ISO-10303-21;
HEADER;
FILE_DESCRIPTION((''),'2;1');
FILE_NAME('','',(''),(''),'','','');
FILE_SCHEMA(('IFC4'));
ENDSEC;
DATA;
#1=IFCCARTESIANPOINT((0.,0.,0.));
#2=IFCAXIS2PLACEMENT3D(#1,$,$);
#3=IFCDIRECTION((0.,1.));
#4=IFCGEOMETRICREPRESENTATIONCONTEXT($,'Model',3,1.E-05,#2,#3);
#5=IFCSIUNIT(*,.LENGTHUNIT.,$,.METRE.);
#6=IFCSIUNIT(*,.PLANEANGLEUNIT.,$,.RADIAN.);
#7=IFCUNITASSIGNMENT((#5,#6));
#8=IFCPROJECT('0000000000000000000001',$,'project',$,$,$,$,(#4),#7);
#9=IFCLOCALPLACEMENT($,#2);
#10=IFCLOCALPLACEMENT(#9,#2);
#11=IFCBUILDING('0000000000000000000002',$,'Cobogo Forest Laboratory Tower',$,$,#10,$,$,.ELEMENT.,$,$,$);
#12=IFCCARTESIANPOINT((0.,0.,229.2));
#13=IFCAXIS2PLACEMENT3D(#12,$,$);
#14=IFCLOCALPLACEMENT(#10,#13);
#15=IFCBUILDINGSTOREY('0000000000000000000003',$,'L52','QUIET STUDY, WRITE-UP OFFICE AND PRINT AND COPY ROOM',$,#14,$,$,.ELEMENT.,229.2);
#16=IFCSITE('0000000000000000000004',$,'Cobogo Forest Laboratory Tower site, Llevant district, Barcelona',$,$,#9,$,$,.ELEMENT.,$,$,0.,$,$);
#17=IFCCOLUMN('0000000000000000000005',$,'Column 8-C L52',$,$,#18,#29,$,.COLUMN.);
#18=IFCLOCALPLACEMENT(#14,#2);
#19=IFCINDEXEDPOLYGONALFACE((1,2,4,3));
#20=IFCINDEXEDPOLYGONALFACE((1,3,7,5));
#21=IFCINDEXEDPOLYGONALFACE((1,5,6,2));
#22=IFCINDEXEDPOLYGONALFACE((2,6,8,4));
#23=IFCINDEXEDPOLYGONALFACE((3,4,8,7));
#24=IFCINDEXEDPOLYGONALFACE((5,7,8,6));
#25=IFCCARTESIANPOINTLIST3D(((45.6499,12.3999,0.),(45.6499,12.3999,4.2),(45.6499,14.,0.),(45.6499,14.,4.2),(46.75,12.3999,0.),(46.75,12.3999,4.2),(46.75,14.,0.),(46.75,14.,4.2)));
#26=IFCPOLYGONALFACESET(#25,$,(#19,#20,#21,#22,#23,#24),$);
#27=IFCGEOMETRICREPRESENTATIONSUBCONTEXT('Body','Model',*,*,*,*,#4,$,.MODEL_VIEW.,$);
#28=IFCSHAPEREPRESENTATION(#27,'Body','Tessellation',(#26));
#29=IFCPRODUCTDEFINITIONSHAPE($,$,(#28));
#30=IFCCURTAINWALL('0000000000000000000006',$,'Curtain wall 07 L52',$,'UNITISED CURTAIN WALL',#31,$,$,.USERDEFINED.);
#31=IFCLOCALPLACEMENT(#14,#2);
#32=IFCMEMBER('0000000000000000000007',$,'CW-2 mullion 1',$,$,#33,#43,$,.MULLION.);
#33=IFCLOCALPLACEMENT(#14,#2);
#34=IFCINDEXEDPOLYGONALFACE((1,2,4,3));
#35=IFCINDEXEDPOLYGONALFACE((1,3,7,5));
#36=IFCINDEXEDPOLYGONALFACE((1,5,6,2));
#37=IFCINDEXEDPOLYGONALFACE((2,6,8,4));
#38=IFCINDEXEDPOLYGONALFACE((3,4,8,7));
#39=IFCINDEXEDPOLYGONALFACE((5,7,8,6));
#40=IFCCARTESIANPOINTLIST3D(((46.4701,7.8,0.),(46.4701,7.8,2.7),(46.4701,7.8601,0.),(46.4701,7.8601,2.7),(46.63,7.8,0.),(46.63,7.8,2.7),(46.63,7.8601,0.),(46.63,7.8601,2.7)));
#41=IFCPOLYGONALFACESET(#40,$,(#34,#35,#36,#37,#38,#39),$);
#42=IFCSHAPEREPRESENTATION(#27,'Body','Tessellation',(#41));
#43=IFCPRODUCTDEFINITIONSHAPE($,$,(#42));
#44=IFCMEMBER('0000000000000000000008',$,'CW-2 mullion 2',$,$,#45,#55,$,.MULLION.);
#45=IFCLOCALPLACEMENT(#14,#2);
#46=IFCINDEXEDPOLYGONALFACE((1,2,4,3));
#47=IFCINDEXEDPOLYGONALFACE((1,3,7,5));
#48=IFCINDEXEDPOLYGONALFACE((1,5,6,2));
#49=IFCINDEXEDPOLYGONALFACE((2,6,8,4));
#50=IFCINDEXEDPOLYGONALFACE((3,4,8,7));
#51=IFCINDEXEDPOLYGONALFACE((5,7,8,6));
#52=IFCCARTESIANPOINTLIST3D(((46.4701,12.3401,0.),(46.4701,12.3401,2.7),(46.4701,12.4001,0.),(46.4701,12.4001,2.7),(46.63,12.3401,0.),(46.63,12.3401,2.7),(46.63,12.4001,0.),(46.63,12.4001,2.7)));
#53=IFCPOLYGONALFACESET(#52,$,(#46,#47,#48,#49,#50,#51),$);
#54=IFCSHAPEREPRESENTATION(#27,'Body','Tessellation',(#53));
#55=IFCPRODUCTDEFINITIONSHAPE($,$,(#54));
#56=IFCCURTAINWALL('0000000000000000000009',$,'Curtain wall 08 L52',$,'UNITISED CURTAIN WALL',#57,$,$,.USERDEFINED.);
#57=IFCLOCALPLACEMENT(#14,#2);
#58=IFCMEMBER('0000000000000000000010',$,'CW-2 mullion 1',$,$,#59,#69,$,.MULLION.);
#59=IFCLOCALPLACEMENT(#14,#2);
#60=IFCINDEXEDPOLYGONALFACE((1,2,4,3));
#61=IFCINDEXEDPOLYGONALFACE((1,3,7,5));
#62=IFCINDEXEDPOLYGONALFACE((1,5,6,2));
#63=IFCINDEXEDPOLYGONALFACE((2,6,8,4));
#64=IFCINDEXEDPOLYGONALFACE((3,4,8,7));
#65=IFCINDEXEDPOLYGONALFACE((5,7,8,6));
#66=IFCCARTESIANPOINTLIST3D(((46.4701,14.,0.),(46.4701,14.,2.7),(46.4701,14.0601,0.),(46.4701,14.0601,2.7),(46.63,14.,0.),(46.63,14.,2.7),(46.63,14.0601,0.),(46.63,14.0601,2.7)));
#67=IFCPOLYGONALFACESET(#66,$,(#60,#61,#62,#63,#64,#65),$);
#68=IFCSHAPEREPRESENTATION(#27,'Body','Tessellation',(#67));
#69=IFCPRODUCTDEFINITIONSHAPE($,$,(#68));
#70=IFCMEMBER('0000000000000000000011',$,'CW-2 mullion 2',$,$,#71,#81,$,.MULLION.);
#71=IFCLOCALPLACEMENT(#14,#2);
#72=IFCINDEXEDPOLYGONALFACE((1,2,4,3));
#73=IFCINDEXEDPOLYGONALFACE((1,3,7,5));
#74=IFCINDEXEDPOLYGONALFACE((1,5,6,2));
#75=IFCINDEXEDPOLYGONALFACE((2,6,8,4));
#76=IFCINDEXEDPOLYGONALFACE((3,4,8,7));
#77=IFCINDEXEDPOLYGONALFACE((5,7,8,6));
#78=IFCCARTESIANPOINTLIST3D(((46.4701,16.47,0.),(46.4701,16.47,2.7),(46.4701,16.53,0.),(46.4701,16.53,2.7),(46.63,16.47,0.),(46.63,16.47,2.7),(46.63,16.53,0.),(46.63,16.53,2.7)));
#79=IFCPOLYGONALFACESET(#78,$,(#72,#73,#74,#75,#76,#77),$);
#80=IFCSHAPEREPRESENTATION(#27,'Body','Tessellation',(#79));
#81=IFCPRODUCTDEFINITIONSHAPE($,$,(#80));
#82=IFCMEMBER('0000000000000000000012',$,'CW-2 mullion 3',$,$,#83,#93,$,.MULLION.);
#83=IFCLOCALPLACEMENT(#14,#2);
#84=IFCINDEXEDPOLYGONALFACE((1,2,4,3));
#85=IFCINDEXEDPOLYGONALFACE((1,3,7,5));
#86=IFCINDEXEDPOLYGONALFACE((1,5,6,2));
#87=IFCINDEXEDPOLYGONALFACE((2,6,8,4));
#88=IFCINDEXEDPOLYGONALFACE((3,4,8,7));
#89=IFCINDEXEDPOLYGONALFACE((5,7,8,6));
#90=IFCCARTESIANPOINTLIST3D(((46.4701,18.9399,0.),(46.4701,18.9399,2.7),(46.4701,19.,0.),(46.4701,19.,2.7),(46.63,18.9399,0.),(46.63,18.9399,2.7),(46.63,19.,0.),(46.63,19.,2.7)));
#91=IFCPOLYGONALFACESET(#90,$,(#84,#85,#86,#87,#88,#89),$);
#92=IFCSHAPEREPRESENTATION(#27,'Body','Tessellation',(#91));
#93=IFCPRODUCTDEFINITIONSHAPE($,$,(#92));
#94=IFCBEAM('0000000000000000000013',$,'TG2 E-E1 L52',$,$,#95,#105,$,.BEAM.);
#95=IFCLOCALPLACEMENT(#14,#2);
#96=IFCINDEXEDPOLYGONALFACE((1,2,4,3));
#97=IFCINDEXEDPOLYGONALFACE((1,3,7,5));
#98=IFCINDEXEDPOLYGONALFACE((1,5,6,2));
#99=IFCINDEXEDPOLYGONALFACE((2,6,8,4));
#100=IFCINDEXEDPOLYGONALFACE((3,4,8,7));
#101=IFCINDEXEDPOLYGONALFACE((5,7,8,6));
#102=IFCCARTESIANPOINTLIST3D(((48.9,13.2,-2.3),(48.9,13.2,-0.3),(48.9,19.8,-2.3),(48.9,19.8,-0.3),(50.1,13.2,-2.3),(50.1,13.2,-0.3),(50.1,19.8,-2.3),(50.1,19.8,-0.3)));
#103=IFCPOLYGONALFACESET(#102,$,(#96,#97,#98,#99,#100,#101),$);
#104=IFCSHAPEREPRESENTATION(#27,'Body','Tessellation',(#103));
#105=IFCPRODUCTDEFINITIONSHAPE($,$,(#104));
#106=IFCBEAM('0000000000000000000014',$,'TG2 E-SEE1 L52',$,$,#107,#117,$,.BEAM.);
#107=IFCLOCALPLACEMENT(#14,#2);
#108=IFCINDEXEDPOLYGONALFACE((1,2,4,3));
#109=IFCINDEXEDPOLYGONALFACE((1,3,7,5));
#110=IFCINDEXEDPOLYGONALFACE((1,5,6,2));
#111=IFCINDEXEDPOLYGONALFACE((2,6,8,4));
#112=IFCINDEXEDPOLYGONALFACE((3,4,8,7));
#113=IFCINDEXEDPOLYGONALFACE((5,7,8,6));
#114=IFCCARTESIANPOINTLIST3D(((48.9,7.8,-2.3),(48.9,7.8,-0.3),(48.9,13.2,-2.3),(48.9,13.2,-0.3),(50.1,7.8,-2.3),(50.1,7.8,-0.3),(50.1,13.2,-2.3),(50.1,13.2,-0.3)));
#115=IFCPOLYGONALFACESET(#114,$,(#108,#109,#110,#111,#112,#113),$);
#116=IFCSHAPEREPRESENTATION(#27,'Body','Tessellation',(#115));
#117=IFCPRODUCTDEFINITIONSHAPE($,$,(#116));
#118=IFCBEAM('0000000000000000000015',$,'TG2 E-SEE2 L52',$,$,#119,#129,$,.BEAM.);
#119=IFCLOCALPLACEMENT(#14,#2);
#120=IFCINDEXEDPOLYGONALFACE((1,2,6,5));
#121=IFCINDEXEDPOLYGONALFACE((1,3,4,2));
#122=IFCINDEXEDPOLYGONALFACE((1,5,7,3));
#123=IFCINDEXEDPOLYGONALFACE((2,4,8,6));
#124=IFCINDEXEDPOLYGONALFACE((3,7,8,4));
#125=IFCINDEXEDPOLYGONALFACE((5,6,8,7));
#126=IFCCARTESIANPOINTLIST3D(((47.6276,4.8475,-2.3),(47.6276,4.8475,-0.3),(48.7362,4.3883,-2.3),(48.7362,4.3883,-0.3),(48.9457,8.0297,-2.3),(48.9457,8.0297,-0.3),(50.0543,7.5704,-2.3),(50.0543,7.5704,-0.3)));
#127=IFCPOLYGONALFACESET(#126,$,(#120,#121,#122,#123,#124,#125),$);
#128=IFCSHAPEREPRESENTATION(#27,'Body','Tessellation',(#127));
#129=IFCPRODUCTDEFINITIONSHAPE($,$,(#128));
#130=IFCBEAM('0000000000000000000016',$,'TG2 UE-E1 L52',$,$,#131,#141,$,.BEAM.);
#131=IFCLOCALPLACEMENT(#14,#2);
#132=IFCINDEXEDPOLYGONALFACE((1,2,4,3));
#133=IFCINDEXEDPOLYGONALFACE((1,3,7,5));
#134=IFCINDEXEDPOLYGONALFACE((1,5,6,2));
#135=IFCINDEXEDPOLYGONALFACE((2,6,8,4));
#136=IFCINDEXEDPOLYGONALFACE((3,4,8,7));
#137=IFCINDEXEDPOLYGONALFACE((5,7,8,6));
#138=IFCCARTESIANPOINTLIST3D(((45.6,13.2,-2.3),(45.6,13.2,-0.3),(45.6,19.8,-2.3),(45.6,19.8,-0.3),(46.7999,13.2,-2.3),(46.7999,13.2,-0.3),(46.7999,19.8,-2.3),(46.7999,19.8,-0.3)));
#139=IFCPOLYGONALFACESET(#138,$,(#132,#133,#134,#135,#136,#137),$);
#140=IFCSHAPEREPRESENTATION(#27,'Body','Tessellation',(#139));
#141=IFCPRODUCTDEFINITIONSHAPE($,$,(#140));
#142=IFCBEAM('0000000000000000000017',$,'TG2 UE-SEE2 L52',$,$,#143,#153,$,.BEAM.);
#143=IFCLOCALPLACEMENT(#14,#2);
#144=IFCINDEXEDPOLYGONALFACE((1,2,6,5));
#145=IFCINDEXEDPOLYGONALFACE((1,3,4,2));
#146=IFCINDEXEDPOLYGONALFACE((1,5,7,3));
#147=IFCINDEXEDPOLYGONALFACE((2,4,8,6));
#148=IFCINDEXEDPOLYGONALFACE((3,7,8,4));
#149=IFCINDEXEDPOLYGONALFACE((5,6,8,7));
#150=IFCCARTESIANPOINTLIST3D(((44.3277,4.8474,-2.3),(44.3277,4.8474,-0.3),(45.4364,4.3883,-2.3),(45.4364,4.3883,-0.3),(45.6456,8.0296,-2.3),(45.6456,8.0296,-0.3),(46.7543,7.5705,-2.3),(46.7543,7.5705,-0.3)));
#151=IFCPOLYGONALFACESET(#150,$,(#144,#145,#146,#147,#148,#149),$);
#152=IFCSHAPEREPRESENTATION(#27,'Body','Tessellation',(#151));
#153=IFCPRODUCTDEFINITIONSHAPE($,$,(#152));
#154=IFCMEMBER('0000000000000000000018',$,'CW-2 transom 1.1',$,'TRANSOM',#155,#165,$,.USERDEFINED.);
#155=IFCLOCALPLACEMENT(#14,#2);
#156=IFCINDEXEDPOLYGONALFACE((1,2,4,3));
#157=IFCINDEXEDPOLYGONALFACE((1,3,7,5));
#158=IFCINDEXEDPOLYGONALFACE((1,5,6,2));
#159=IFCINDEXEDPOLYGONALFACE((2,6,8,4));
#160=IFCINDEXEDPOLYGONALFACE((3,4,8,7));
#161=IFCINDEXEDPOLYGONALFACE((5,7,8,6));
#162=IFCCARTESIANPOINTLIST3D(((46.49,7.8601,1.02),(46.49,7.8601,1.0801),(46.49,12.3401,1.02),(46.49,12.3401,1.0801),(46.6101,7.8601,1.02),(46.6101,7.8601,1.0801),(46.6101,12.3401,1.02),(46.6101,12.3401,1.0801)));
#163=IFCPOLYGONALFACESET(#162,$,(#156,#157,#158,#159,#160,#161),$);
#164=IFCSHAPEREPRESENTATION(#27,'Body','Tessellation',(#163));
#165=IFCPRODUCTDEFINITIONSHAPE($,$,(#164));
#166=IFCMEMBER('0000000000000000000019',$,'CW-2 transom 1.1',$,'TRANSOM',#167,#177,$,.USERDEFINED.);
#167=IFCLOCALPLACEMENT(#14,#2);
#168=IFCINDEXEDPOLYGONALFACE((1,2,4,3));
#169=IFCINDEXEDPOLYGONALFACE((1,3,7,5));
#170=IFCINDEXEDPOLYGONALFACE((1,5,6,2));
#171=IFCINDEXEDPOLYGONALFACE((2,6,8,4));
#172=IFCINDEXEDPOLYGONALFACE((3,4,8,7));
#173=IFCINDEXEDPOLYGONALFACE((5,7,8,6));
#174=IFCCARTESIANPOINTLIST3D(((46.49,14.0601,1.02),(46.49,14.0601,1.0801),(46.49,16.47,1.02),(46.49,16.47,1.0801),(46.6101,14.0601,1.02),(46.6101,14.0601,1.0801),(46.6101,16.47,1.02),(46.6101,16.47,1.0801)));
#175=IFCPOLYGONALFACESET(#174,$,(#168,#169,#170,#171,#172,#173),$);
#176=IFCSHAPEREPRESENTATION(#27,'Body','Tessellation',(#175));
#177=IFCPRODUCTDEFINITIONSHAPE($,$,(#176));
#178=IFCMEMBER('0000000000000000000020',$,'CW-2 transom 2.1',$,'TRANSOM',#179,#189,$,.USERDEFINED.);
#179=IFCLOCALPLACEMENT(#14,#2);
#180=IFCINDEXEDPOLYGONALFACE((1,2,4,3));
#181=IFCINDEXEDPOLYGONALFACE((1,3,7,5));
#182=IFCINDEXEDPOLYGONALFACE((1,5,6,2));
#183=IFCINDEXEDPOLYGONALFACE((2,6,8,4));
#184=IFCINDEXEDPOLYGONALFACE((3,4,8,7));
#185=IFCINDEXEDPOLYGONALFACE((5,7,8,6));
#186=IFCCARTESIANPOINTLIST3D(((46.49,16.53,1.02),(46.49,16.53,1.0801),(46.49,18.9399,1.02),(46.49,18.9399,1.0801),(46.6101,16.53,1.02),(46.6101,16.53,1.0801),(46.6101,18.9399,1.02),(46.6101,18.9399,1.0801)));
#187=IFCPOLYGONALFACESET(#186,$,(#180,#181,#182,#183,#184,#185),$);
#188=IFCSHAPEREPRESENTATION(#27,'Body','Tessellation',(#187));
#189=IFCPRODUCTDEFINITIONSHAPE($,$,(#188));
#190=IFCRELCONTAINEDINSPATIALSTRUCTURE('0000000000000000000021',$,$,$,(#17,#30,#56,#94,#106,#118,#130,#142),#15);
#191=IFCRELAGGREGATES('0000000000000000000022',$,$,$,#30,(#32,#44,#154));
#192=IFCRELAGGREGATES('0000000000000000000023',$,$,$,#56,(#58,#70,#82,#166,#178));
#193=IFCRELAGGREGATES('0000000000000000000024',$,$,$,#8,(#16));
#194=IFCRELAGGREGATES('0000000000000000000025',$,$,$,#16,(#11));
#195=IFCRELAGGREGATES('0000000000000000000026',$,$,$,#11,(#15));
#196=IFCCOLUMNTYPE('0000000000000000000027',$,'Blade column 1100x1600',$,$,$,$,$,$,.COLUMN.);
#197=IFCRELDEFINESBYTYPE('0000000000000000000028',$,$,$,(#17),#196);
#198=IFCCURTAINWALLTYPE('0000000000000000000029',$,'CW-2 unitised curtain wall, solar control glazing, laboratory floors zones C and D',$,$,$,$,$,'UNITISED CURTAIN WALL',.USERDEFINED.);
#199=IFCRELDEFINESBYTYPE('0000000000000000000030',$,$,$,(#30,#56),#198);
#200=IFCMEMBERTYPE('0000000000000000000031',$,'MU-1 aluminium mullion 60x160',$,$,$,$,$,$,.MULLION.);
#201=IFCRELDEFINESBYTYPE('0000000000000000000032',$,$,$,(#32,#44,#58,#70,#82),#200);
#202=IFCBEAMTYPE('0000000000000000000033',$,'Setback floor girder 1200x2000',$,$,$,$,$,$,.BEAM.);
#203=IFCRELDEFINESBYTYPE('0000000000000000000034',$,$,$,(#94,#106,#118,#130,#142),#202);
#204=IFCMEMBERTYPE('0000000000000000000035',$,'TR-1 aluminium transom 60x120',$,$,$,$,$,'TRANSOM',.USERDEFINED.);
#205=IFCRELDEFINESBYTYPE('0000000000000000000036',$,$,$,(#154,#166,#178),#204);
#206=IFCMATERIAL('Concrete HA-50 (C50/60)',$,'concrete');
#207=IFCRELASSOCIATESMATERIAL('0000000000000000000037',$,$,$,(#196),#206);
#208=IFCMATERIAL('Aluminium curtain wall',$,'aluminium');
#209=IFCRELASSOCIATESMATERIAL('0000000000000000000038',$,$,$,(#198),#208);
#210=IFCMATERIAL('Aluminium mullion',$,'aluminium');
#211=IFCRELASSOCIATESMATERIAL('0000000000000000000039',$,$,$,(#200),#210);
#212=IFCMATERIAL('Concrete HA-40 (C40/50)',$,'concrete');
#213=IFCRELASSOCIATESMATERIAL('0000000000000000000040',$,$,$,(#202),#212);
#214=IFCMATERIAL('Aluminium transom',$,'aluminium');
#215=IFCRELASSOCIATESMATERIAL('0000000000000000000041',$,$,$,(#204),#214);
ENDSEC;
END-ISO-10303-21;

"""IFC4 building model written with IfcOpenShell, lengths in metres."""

from ifc_helpers import new_model, si_unit, direction, frame, origin, origin_2d, place, context, subcontext, project, spatial, rectangle, extrude, material, material_profile, profile_set, type_object, element, aggregate, save


model = new_model("IFC4")

# Units and contexts
model_context = context("Model", 3, precision=1e-05, world=origin(), true_north=direction((0.0, 1.0)))
body_context = subcontext(model_context, "Body", "Model", "MODEL_VIEW")
ifc_project = project(units=[si_unit("LENGTHUNIT", "METRE"), si_unit("PLANEANGLEUNIT", "RADIAN")], contexts=[model_context])

# Site, building, storey
site_placement = place(None, origin())
site = spatial("IfcSite", under=ifc_project, at=site_placement, Name="Cobogo Forest Laboratory Tower site, Llevant district, Barcelona", CompositionType="ELEMENT", RefElevation=0.0)
building_placement = place(site_placement, origin())
building = spatial("IfcBuilding", under=site, at=building_placement, Name="Cobogo Forest Laboratory Tower", CompositionType="ELEMENT")
storey_placement = place(building_placement, frame((0.0, 0.0, 229.2)))
storey = spatial("IfcBuildingStorey", under=building, at=storey_placement, Name="L52", Description="QUIET STUDY, WRITE-UP OFFICE AND PRINT AND COPY ROOM", CompositionType="ELEMENT", Elevation=229.2)

# Column
ifc_material_1 = material(Name="Concrete HA-50 (C50/60)", Category="concrete")
ifc_material_profile_1 = material_profile(ifc_material_1, rectangle(XDim=1.6001, YDim=1.1001, at=origin_2d()), Name="RC 1100x1600")
ifc_profile_set_1 = profile_set([ifc_material_profile_1], Name="Concrete HA-50 (C50/60)")
column_type = type_object("IfcColumnType", Name="Blade column 1100x1600", PredefinedType="COLUMN", material=ifc_profile_set_1)
column_placement = place(storey_placement, frame((46.2, 13.2, 0.0), z_axis=(0.0, 0.0, 1.0), x_axis=(0.0, 1.0, 0.0)))
element("IfcColumn", 1, at=column_placement, inside=storey, type_object=column_type, Name="Column 8-C L52", PredefinedType="COLUMN", context=body_context, shape_type="SweptSolid", body=[
    extrude(rectangle(XDim=1.6001, YDim=1.1001, at=origin_2d()), origin(), (0.0, 0.0, 1.0), 4.2),
])

# Curtain walls, members
ifc_material_2 = material(Name="Aluminium curtain wall", Category="aluminium")
curtain_wall_type = type_object("IfcCurtainWallType", Name="CW-2 unitised curtain wall, solar control glazing, laboratory floors zones C and D", ElementType="UNITISED CURTAIN WALL", PredefinedType="USERDEFINED", material=ifc_material_2)
curtain_wall_1_placement = place(storey_placement, origin())
curtain_wall_1 = element("IfcCurtainWall", 2, at=curtain_wall_1_placement, inside=storey, type_object=curtain_wall_type, Name="Curtain wall 07 L52", ObjectType="UNITISED CURTAIN WALL", PredefinedType="USERDEFINED")
ifc_material_3 = material(Name="Aluminium mullion", Category="aluminium")
ifc_material_profile_2 = material_profile(ifc_material_3, rectangle(XDim=0.0601, YDim=0.1599, at=origin_2d()), Name="AL 60x160")
ifc_profile_set_2 = profile_set([ifc_material_profile_2], Name="Aluminium mullion")
member_type_1 = type_object("IfcMemberType", Name="MU-1 aluminium mullion 60x160", PredefinedType="MULLION", material=ifc_profile_set_2)
member_1_placement = place(storey_placement, frame((46.55, 7.8301, 0.0), z_axis=(0.0, 0.0, 1.0), x_axis=(0.0, 1.0, 0.0)))
member_1 = element("IfcMember", 3, at=member_1_placement, type_object=member_type_1, Name="CW-2 mullion 1", PredefinedType="MULLION", context=body_context, shape_type="SweptSolid", body=[
    extrude(rectangle(XDim=0.0601, YDim=0.1599, at=origin_2d()), origin(), (0.0, 0.0, 1.0), 2.7),
])
member_2_placement = place(storey_placement, frame((46.55, 12.3701, 0.0), z_axis=(0.0, 0.0, 1.0), x_axis=(0.0, 1.0, 0.0)))
member_2 = element("IfcMember", 4, at=member_2_placement, type_object=member_type_1, Name="CW-2 mullion 2", PredefinedType="MULLION", context=body_context, shape_type="SweptSolid", body=[
    extrude(rectangle(XDim=0.0601, YDim=0.1599, at=origin_2d()), origin(), (0.0, 0.0, 1.0), 2.7),
])
curtain_wall_2_placement = place(storey_placement, origin())
curtain_wall_2 = element("IfcCurtainWall", 5, at=curtain_wall_2_placement, inside=storey, type_object=curtain_wall_type, Name="Curtain wall 08 L52", ObjectType="UNITISED CURTAIN WALL", PredefinedType="USERDEFINED")
member_3_placement = place(storey_placement, frame((46.55, 14.03, 0.0), z_axis=(0.0, 0.0, 1.0), x_axis=(0.0, 1.0, 0.0)))
member_3 = element("IfcMember", 6, at=member_3_placement, type_object=member_type_1, Name="CW-2 mullion 1", PredefinedType="MULLION", context=body_context, shape_type="SweptSolid", body=[
    extrude(rectangle(XDim=0.0601, YDim=0.1599, at=origin_2d()), origin(), (0.0, 0.0, 1.0), 2.7),
])
member_4_placement = place(storey_placement, frame((46.55, 16.5, 0.0), z_axis=(0.0, 0.0, 1.0), x_axis=(0.0, 1.0, 0.0)))
member_4 = element("IfcMember", 7, at=member_4_placement, type_object=member_type_1, Name="CW-2 mullion 2", PredefinedType="MULLION", context=body_context, shape_type="SweptSolid", body=[
    extrude(rectangle(XDim=0.0601, YDim=0.1599, at=origin_2d()), origin(), (0.0, 0.0, 1.0), 2.7),
])
member_5_placement = place(storey_placement, frame((46.55, 18.97, 0.0), z_axis=(0.0, 0.0, 1.0), x_axis=(0.0, 1.0, 0.0)))
member_5 = element("IfcMember", 8, at=member_5_placement, type_object=member_type_1, Name="CW-2 mullion 3", PredefinedType="MULLION", context=body_context, shape_type="SweptSolid", body=[
    extrude(rectangle(XDim=0.0601, YDim=0.1599, at=origin_2d()), origin(), (0.0, 0.0, 1.0), 2.7),
])

# Beams
ifc_material_4 = material(Name="Concrete HA-40 (C40/50)", Category="concrete")
ifc_material_profile_3 = material_profile(ifc_material_4, rectangle(XDim=1.2, YDim=2.0, at=origin_2d()), Name="RC 1200x2000")
ifc_profile_set_3 = profile_set([ifc_material_profile_3], Name="Concrete HA-40 (C40/50)")
beam_type = type_object("IfcBeamType", Name="Setback floor girder 1200x2000", PredefinedType="BEAM", material=ifc_profile_set_3)
beam_1_placement = place(storey_placement, frame((49.5, 13.2, -1.3), z_axis=(0.0, 1.0, 0.0), x_axis=(-1.0, 0.0, 0.0)))
element("IfcBeam", 9, at=beam_1_placement, inside=storey, type_object=beam_type, Name="TG2 E-E1 L52", PredefinedType="BEAM", context=body_context, shape_type="SweptSolid", body=[
    extrude(rectangle(XDim=1.2, YDim=2.0, at=origin_2d()), origin(), (0.0, 0.0, 1.0), 6.6001),
])
beam_2_placement = place(storey_placement, frame((49.5, 13.2, -1.3), z_axis=(0.0, -1.0, 0.0), x_axis=(1.0, 0.0, 0.0)))
element("IfcBeam", 10, at=beam_2_placement, inside=storey, type_object=beam_type, Name="TG2 E-SEE1 L52", PredefinedType="BEAM", context=body_context, shape_type="SweptSolid", body=[
    extrude(rectangle(XDim=1.2, YDim=2.0, at=origin_2d()), origin(), (0.0, 0.0, 1.0), 5.3999),
])
beam_3_placement = place(storey_placement, frame((49.5, 7.8, -1.3), z_axis=(-0.382692, -0.923876, 0.0), x_axis=(0.923876, -0.382692, 0.0)))
element("IfcBeam", 11, at=beam_3_placement, inside=storey, type_object=beam_type, Name="TG2 E-SEE2 L52", PredefinedType="BEAM", context=body_context, shape_type="SweptSolid", body=[
    extrude(rectangle(XDim=1.2, YDim=2.0, at=origin_2d()), origin(), (0.0, 0.0, 1.0), 3.4443),
])
beam_4_placement = place(storey_placement, frame((46.2, 13.2, -1.3), z_axis=(0.0, 1.0, 0.0), x_axis=(-1.0, 0.0, 0.0)))
element("IfcBeam", 12, at=beam_4_placement, inside=storey, type_object=beam_type, Name="TG2 UE-E1 L52", PredefinedType="BEAM", context=body_context, shape_type="SweptSolid", body=[
    extrude(rectangle(XDim=1.2, YDim=2.0, at=origin_2d()), origin(), (0.0, 0.0, 1.0), 6.6001),
])
beam_5_placement = place(storey_placement, frame((46.2, 7.8, -1.3), z_axis=(-0.382631, -0.923901, 0.0), x_axis=(0.923901, -0.382631, 0.0)))
element("IfcBeam", 13, at=beam_5_placement, inside=storey, type_object=beam_type, Name="TG2 UE-SEE2 L52", PredefinedType="BEAM", context=body_context, shape_type="SweptSolid", body=[
    extrude(rectangle(XDim=1.2, YDim=2.0, at=origin_2d()), origin(), (0.0, 0.0, 1.0), 3.4443),
])

# Members
ifc_material_5 = material(Name="Aluminium transom", Category="aluminium")
ifc_material_profile_4 = material_profile(ifc_material_5, rectangle(XDim=0.1201, YDim=0.0601, at=origin_2d()), Name="AL 60x120")
ifc_profile_set_4 = profile_set([ifc_material_profile_4], Name="Aluminium transom")
member_type_2 = type_object("IfcMemberType", Name="TR-1 aluminium transom 60x120", ElementType="TRANSOM", PredefinedType="USERDEFINED", material=ifc_profile_set_4)
member_6_placement = place(storey_placement, frame((46.55, 7.8601, 1.05), z_axis=(0.0, 1.0, 0.0), x_axis=(-1.0, 0.0, 0.0)))
member_6 = element("IfcMember", 14, at=member_6_placement, type_object=member_type_2, Name="CW-2 transom 1.1", ObjectType="TRANSOM", PredefinedType="USERDEFINED", context=body_context, shape_type="SweptSolid", body=[
    extrude(rectangle(XDim=0.1201, YDim=0.0601, at=origin_2d()), origin(), (0.0, 0.0, 1.0), 4.48),
])
member_7_placement = place(storey_placement, frame((46.55, 14.0601, 1.05), z_axis=(0.0, 1.0, 0.0), x_axis=(-1.0, 0.0, 0.0)))
member_7 = element("IfcMember", 15, at=member_7_placement, type_object=member_type_2, Name="CW-2 transom 1.1", ObjectType="TRANSOM", PredefinedType="USERDEFINED", context=body_context, shape_type="SweptSolid", body=[
    extrude(rectangle(XDim=0.1201, YDim=0.0601, at=origin_2d()), origin(), (0.0, 0.0, 1.0), 2.4099),
])
member_8_placement = place(storey_placement, frame((46.55, 16.53, 1.05), z_axis=(0.0, 1.0, 0.0), x_axis=(-1.0, 0.0, 0.0)))
member_8 = element("IfcMember", 16, at=member_8_placement, type_object=member_type_2, Name="CW-2 transom 2.1", ObjectType="TRANSOM", PredefinedType="USERDEFINED", context=body_context, shape_type="SweptSolid", body=[
    extrude(rectangle(XDim=0.1201, YDim=0.0601, at=origin_2d()), origin(), (0.0, 0.0, 1.0), 2.4099),
])

aggregate(curtain_wall_1, [member_1, member_2, member_6])
aggregate(curtain_wall_2, [member_3, member_4, member_5, member_7, member_8])

save(model, "model.ifc")
